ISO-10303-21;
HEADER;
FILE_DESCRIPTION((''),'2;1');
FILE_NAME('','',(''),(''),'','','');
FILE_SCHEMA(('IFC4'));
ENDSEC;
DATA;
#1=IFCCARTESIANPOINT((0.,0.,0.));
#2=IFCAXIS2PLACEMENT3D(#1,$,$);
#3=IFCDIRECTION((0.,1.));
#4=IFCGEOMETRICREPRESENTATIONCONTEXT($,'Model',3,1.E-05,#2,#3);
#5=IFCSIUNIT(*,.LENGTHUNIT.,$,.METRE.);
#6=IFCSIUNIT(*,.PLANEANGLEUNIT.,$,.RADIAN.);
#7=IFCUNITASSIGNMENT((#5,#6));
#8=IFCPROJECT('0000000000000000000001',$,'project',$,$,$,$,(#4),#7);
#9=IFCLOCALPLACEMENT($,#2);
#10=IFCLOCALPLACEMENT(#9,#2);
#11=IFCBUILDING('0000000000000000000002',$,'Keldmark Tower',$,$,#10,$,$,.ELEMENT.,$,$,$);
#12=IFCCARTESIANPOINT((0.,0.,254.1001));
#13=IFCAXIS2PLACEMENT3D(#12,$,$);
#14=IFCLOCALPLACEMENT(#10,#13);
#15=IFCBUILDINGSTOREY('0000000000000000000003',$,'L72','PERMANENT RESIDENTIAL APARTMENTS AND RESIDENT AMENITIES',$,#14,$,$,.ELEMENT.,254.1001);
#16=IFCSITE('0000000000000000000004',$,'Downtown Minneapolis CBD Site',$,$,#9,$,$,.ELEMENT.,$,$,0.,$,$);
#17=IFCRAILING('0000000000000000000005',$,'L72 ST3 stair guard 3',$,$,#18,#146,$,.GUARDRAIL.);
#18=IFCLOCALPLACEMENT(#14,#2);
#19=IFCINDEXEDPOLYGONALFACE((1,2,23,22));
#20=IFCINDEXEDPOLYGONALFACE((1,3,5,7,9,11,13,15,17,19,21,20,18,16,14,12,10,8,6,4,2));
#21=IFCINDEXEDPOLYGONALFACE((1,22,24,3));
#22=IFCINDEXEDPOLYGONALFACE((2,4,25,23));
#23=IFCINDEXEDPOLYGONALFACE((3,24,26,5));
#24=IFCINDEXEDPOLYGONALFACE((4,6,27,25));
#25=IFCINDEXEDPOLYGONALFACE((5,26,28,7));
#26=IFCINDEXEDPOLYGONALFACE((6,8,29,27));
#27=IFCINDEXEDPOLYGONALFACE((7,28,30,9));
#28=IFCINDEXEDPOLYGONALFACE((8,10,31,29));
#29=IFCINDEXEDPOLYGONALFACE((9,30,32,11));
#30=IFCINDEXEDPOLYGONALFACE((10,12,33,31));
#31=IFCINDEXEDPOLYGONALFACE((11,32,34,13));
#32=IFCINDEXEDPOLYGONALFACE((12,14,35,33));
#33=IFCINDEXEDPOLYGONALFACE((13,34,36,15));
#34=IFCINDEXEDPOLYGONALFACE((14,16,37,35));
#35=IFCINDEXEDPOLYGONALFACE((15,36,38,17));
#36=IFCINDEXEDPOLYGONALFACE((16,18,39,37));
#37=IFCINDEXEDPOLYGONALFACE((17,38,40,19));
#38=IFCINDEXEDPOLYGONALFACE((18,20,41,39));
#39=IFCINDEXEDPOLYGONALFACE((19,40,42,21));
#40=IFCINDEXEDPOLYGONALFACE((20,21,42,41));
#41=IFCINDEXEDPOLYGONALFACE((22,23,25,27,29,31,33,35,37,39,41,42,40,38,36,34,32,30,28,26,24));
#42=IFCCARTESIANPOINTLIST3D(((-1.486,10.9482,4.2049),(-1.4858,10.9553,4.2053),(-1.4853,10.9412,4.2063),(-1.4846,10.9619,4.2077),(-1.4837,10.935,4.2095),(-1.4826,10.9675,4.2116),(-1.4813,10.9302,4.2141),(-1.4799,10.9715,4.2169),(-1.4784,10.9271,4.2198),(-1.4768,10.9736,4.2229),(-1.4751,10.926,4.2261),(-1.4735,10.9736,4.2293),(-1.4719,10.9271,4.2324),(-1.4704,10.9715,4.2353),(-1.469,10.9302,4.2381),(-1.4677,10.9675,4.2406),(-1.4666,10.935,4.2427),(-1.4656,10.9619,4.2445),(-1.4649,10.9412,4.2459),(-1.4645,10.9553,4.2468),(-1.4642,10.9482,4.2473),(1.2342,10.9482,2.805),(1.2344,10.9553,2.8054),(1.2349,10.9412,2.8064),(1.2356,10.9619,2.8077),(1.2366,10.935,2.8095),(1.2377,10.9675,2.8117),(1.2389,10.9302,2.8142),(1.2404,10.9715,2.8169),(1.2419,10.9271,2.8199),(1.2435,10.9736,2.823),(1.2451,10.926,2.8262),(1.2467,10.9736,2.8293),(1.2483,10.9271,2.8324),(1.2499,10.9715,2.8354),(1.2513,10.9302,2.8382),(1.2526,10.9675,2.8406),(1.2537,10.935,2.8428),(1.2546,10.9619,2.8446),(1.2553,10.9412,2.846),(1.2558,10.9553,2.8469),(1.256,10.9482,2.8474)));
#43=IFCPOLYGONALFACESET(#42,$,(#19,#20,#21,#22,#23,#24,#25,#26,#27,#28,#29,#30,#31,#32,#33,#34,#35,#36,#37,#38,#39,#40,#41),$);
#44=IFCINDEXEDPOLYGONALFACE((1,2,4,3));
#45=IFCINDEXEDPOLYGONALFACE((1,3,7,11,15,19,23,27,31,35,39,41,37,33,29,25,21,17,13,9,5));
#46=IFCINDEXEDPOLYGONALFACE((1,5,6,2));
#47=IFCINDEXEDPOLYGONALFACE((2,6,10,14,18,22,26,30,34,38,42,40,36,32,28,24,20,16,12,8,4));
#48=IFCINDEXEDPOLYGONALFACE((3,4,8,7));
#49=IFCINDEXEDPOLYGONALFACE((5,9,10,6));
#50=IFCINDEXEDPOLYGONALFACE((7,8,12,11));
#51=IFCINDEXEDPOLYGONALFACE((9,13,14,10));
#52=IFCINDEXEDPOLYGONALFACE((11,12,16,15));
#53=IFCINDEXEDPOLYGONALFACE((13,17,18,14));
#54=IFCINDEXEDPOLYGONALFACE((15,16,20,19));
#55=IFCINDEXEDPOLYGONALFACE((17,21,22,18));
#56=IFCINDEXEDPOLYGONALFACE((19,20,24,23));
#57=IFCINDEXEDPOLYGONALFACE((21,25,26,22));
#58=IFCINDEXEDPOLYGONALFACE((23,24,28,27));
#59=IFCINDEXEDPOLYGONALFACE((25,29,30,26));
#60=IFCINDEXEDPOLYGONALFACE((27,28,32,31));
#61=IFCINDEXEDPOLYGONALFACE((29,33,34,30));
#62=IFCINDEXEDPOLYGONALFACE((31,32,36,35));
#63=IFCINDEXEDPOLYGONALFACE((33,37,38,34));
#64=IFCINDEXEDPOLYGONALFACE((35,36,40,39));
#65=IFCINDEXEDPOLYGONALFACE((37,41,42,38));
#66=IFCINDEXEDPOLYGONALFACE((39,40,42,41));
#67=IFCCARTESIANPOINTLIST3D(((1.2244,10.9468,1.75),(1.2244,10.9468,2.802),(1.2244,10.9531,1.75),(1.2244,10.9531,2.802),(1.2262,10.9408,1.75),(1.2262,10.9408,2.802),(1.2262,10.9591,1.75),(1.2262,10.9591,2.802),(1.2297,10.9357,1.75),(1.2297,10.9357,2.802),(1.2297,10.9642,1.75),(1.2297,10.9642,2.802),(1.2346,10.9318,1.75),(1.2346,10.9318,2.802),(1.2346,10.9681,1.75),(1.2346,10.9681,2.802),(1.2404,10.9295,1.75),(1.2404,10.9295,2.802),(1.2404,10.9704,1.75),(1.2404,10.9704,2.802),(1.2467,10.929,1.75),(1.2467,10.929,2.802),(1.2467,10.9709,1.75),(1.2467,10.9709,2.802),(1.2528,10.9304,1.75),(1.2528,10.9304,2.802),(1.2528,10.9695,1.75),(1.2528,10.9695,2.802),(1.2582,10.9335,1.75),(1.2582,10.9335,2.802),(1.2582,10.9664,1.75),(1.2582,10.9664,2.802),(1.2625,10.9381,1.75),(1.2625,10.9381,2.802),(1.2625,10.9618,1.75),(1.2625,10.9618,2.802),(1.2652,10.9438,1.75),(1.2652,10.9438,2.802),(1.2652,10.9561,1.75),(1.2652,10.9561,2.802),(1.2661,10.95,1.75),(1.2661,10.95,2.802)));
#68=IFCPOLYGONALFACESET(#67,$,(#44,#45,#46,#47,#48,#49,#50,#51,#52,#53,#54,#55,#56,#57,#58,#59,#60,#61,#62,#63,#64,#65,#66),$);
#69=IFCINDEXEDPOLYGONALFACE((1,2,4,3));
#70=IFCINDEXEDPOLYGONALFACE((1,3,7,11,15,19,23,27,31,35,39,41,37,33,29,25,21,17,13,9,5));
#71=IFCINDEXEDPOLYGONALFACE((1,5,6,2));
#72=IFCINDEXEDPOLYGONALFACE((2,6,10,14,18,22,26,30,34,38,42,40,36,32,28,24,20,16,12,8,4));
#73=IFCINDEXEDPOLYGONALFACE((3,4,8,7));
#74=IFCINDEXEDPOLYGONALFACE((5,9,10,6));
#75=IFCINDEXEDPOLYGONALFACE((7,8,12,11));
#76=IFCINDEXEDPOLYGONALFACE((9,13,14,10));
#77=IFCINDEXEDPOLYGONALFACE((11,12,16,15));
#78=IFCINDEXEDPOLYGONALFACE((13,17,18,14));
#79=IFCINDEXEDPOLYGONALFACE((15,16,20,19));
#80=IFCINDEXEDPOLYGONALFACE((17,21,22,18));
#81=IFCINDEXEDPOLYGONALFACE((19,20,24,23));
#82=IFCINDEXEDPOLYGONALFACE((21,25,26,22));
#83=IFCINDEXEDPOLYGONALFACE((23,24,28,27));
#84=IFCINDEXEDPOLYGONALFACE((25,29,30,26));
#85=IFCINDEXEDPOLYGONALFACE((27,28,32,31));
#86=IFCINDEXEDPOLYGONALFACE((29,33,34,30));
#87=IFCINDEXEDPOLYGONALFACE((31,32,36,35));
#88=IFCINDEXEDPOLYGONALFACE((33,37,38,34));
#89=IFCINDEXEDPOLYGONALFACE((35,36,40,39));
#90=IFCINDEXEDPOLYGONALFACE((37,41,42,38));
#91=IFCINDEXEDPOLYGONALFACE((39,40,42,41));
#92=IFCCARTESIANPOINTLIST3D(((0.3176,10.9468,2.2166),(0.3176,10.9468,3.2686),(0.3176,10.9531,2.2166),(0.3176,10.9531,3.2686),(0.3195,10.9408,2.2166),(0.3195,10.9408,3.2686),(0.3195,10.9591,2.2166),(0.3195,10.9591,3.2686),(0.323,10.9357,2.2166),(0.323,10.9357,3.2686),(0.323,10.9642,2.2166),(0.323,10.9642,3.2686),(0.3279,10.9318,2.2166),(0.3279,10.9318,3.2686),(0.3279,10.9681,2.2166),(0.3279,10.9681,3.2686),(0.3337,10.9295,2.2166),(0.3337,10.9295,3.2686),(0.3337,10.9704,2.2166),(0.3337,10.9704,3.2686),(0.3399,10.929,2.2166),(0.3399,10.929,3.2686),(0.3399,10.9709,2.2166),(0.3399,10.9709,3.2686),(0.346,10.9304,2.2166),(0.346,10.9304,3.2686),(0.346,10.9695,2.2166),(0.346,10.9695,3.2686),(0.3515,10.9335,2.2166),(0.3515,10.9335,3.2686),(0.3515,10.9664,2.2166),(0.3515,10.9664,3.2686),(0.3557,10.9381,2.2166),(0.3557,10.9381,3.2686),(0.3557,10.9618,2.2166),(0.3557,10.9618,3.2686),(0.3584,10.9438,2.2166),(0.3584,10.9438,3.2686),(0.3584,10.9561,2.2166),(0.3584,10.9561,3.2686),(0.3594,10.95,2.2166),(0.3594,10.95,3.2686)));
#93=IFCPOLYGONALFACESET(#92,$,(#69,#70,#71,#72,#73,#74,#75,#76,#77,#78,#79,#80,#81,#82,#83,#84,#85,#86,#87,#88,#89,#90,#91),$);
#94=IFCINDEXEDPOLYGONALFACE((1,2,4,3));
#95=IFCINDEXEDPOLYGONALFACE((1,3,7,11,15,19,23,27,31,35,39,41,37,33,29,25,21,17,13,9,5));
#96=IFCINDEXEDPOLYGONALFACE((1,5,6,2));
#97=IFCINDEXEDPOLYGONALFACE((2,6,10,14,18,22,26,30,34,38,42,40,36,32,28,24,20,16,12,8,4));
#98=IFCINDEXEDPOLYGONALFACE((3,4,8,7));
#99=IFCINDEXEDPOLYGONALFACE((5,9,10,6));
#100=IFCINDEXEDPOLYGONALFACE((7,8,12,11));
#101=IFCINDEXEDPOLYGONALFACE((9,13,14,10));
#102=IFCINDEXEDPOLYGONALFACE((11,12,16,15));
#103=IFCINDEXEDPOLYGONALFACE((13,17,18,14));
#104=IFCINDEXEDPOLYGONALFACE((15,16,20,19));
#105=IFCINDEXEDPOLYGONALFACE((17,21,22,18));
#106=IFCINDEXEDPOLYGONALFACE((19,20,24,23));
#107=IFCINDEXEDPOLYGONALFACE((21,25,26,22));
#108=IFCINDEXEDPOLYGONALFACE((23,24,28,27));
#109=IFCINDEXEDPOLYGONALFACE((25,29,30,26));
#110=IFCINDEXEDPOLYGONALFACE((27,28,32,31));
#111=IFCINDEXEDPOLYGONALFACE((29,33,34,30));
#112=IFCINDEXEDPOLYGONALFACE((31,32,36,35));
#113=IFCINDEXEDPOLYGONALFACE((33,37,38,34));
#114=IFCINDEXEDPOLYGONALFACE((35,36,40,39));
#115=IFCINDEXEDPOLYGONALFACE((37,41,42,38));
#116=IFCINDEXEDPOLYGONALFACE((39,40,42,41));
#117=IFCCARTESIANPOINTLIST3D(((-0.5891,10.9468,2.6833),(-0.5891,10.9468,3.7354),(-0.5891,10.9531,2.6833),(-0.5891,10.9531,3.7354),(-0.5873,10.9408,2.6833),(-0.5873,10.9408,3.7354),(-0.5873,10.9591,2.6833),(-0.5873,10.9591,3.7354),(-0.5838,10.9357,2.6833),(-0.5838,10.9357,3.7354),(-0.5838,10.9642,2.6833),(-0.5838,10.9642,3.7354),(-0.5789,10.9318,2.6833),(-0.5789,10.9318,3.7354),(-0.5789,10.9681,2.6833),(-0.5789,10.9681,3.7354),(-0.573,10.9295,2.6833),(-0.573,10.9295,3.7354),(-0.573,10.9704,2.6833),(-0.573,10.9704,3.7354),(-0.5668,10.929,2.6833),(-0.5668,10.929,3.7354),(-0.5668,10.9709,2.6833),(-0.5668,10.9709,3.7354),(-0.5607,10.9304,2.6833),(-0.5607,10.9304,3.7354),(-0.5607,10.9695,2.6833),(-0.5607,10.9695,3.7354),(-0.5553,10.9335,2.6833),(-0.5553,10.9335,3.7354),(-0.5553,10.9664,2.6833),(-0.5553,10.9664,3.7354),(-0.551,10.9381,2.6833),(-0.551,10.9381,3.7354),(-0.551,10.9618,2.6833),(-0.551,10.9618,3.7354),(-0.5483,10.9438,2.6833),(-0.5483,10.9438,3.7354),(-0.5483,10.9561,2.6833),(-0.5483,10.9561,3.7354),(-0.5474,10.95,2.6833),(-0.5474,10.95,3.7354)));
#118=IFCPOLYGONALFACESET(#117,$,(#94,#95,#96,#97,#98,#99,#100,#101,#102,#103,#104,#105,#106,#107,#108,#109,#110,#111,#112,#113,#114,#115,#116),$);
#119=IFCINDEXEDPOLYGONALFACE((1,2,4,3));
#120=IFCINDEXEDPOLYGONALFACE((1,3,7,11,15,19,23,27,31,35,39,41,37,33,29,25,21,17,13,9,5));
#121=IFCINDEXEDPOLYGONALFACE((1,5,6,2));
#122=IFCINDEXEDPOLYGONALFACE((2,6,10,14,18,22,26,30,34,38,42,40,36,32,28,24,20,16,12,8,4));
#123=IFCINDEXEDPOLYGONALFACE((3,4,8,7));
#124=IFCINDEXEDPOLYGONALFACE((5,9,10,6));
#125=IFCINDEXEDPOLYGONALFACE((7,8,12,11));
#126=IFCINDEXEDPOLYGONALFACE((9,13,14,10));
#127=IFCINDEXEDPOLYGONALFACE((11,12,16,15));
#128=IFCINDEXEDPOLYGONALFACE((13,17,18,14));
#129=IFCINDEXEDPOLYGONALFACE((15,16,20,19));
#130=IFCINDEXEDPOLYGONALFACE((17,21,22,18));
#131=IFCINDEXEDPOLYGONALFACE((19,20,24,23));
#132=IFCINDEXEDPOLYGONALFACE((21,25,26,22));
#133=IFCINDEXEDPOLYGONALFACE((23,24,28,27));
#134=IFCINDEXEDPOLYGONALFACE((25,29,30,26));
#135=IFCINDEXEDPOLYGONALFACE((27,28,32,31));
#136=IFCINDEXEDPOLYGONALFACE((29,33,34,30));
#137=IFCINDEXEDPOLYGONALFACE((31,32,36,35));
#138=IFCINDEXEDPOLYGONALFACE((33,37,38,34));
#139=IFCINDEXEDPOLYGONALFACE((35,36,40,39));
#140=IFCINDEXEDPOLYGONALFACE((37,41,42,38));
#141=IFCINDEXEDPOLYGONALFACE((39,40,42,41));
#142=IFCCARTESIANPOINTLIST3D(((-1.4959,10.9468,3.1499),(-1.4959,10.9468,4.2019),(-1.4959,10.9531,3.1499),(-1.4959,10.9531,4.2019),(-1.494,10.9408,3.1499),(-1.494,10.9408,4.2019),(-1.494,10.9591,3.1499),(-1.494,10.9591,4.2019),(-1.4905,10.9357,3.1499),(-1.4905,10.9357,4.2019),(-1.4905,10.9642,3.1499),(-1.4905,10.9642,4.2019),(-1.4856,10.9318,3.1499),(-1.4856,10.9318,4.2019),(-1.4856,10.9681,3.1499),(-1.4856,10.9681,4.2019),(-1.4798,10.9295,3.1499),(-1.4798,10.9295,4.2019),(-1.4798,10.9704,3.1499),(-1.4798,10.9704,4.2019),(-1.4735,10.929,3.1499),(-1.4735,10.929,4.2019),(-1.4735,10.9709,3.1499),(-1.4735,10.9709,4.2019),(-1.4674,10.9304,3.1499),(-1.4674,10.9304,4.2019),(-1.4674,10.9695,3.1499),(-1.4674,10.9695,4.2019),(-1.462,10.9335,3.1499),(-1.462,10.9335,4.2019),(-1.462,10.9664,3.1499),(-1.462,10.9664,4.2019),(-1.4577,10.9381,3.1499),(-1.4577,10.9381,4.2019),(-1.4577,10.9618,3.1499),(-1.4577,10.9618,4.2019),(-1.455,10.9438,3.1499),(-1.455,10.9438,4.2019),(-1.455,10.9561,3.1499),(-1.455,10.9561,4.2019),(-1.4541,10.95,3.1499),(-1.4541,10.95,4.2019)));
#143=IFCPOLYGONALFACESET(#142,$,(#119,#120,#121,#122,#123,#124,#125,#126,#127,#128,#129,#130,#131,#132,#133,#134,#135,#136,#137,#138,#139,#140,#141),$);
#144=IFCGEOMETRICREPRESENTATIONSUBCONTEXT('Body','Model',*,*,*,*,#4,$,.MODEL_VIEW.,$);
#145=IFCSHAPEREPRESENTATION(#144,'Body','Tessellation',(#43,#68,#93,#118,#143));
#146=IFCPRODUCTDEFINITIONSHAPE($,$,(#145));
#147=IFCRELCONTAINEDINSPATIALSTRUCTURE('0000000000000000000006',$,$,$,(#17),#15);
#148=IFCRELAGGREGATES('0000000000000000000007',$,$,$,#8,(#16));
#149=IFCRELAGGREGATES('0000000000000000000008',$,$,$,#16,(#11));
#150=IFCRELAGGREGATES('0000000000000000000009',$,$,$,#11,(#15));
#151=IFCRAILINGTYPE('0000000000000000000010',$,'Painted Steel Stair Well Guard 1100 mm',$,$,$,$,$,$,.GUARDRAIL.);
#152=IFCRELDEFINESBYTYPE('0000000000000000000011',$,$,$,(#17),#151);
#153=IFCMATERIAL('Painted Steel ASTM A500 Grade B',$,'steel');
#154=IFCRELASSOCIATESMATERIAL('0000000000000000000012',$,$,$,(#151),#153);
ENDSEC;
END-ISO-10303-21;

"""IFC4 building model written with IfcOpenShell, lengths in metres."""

from ifc_helpers import new_model, si_unit, direction, frame, origin, origin_2d, place, context, subcontext, project, spatial, circle, extrude, material, type_object, element, save


model = new_model("IFC4")

# Units and contexts
model_context = context("Model", 3, precision=1e-05, world=origin(), true_north=direction((0.0, 1.0)))
body_context = subcontext(model_context, "Body", "Model", "MODEL_VIEW")
ifc_project = project(units=[si_unit("LENGTHUNIT", "METRE"), si_unit("PLANEANGLEUNIT", "RADIAN")], contexts=[model_context])

# Site, building, storey
site_placement = place(None, origin())
site = spatial("IfcSite", under=ifc_project, at=site_placement, Name="Downtown Minneapolis CBD Site", CompositionType="ELEMENT", RefElevation=0.0)
building_placement = place(site_placement, origin())
building = spatial("IfcBuilding", under=site, at=building_placement, Name="Keldmark Tower", CompositionType="ELEMENT")
storey_placement = place(building_placement, frame((0.0, 0.0, 254.1001)))
storey = spatial("IfcBuildingStorey", under=building, at=storey_placement, Name="L72", Description="PERMANENT RESIDENTIAL APARTMENTS AND RESIDENT AMENITIES", CompositionType="ELEMENT", Elevation=254.1001)

# Railing
ifc_material_1 = material(Name="Painted Steel ASTM A500 Grade B", Category="steel")
railing_type_1 = type_object("IfcRailingType", Name="Painted Steel Stair Well Guard 1100 mm", PredefinedType="GUARDRAIL", material=ifc_material_1)
railing_1_placement = place(storey_placement, frame((1.2451, 10.95, 1.75)))
element("IfcRailing", 1, at=railing_1_placement, inside=storey, type_object=railing_type_1, Name="L72 ST3 stair guard 3", PredefinedType="GUARDRAIL", context=body_context, shape_type="SweptSolid", body=[
    extrude(circle(Radius=0.0239, at=origin_2d()), frame((0.0, 0.0, 1.0762), z_axis=(-0.889164, 0.0, 0.45759), x_axis=(0.0, -1.0, 0.0)), (0.0, 0.0, 1.0), 3.0593),
    extrude(circle(Radius=0.021, at=origin_2d()), origin(), (0.0, 0.0, 1.0), 1.052),
    extrude(circle(Radius=0.021, at=origin_2d()), frame((-0.9067, 0.0, 0.4666)), (0.0, 0.0, 1.0), 1.052),
    extrude(circle(Radius=0.021, at=origin_2d()), frame((-1.8135, 0.0, 0.9333)), (0.0, 0.0, 1.0), 1.052),
    extrude(circle(Radius=0.021, at=origin_2d()), frame((-2.7202, 0.0, 1.3999)), (0.0, 0.0, 1.0), 1.052),
])

save(model, "model.ifc")
